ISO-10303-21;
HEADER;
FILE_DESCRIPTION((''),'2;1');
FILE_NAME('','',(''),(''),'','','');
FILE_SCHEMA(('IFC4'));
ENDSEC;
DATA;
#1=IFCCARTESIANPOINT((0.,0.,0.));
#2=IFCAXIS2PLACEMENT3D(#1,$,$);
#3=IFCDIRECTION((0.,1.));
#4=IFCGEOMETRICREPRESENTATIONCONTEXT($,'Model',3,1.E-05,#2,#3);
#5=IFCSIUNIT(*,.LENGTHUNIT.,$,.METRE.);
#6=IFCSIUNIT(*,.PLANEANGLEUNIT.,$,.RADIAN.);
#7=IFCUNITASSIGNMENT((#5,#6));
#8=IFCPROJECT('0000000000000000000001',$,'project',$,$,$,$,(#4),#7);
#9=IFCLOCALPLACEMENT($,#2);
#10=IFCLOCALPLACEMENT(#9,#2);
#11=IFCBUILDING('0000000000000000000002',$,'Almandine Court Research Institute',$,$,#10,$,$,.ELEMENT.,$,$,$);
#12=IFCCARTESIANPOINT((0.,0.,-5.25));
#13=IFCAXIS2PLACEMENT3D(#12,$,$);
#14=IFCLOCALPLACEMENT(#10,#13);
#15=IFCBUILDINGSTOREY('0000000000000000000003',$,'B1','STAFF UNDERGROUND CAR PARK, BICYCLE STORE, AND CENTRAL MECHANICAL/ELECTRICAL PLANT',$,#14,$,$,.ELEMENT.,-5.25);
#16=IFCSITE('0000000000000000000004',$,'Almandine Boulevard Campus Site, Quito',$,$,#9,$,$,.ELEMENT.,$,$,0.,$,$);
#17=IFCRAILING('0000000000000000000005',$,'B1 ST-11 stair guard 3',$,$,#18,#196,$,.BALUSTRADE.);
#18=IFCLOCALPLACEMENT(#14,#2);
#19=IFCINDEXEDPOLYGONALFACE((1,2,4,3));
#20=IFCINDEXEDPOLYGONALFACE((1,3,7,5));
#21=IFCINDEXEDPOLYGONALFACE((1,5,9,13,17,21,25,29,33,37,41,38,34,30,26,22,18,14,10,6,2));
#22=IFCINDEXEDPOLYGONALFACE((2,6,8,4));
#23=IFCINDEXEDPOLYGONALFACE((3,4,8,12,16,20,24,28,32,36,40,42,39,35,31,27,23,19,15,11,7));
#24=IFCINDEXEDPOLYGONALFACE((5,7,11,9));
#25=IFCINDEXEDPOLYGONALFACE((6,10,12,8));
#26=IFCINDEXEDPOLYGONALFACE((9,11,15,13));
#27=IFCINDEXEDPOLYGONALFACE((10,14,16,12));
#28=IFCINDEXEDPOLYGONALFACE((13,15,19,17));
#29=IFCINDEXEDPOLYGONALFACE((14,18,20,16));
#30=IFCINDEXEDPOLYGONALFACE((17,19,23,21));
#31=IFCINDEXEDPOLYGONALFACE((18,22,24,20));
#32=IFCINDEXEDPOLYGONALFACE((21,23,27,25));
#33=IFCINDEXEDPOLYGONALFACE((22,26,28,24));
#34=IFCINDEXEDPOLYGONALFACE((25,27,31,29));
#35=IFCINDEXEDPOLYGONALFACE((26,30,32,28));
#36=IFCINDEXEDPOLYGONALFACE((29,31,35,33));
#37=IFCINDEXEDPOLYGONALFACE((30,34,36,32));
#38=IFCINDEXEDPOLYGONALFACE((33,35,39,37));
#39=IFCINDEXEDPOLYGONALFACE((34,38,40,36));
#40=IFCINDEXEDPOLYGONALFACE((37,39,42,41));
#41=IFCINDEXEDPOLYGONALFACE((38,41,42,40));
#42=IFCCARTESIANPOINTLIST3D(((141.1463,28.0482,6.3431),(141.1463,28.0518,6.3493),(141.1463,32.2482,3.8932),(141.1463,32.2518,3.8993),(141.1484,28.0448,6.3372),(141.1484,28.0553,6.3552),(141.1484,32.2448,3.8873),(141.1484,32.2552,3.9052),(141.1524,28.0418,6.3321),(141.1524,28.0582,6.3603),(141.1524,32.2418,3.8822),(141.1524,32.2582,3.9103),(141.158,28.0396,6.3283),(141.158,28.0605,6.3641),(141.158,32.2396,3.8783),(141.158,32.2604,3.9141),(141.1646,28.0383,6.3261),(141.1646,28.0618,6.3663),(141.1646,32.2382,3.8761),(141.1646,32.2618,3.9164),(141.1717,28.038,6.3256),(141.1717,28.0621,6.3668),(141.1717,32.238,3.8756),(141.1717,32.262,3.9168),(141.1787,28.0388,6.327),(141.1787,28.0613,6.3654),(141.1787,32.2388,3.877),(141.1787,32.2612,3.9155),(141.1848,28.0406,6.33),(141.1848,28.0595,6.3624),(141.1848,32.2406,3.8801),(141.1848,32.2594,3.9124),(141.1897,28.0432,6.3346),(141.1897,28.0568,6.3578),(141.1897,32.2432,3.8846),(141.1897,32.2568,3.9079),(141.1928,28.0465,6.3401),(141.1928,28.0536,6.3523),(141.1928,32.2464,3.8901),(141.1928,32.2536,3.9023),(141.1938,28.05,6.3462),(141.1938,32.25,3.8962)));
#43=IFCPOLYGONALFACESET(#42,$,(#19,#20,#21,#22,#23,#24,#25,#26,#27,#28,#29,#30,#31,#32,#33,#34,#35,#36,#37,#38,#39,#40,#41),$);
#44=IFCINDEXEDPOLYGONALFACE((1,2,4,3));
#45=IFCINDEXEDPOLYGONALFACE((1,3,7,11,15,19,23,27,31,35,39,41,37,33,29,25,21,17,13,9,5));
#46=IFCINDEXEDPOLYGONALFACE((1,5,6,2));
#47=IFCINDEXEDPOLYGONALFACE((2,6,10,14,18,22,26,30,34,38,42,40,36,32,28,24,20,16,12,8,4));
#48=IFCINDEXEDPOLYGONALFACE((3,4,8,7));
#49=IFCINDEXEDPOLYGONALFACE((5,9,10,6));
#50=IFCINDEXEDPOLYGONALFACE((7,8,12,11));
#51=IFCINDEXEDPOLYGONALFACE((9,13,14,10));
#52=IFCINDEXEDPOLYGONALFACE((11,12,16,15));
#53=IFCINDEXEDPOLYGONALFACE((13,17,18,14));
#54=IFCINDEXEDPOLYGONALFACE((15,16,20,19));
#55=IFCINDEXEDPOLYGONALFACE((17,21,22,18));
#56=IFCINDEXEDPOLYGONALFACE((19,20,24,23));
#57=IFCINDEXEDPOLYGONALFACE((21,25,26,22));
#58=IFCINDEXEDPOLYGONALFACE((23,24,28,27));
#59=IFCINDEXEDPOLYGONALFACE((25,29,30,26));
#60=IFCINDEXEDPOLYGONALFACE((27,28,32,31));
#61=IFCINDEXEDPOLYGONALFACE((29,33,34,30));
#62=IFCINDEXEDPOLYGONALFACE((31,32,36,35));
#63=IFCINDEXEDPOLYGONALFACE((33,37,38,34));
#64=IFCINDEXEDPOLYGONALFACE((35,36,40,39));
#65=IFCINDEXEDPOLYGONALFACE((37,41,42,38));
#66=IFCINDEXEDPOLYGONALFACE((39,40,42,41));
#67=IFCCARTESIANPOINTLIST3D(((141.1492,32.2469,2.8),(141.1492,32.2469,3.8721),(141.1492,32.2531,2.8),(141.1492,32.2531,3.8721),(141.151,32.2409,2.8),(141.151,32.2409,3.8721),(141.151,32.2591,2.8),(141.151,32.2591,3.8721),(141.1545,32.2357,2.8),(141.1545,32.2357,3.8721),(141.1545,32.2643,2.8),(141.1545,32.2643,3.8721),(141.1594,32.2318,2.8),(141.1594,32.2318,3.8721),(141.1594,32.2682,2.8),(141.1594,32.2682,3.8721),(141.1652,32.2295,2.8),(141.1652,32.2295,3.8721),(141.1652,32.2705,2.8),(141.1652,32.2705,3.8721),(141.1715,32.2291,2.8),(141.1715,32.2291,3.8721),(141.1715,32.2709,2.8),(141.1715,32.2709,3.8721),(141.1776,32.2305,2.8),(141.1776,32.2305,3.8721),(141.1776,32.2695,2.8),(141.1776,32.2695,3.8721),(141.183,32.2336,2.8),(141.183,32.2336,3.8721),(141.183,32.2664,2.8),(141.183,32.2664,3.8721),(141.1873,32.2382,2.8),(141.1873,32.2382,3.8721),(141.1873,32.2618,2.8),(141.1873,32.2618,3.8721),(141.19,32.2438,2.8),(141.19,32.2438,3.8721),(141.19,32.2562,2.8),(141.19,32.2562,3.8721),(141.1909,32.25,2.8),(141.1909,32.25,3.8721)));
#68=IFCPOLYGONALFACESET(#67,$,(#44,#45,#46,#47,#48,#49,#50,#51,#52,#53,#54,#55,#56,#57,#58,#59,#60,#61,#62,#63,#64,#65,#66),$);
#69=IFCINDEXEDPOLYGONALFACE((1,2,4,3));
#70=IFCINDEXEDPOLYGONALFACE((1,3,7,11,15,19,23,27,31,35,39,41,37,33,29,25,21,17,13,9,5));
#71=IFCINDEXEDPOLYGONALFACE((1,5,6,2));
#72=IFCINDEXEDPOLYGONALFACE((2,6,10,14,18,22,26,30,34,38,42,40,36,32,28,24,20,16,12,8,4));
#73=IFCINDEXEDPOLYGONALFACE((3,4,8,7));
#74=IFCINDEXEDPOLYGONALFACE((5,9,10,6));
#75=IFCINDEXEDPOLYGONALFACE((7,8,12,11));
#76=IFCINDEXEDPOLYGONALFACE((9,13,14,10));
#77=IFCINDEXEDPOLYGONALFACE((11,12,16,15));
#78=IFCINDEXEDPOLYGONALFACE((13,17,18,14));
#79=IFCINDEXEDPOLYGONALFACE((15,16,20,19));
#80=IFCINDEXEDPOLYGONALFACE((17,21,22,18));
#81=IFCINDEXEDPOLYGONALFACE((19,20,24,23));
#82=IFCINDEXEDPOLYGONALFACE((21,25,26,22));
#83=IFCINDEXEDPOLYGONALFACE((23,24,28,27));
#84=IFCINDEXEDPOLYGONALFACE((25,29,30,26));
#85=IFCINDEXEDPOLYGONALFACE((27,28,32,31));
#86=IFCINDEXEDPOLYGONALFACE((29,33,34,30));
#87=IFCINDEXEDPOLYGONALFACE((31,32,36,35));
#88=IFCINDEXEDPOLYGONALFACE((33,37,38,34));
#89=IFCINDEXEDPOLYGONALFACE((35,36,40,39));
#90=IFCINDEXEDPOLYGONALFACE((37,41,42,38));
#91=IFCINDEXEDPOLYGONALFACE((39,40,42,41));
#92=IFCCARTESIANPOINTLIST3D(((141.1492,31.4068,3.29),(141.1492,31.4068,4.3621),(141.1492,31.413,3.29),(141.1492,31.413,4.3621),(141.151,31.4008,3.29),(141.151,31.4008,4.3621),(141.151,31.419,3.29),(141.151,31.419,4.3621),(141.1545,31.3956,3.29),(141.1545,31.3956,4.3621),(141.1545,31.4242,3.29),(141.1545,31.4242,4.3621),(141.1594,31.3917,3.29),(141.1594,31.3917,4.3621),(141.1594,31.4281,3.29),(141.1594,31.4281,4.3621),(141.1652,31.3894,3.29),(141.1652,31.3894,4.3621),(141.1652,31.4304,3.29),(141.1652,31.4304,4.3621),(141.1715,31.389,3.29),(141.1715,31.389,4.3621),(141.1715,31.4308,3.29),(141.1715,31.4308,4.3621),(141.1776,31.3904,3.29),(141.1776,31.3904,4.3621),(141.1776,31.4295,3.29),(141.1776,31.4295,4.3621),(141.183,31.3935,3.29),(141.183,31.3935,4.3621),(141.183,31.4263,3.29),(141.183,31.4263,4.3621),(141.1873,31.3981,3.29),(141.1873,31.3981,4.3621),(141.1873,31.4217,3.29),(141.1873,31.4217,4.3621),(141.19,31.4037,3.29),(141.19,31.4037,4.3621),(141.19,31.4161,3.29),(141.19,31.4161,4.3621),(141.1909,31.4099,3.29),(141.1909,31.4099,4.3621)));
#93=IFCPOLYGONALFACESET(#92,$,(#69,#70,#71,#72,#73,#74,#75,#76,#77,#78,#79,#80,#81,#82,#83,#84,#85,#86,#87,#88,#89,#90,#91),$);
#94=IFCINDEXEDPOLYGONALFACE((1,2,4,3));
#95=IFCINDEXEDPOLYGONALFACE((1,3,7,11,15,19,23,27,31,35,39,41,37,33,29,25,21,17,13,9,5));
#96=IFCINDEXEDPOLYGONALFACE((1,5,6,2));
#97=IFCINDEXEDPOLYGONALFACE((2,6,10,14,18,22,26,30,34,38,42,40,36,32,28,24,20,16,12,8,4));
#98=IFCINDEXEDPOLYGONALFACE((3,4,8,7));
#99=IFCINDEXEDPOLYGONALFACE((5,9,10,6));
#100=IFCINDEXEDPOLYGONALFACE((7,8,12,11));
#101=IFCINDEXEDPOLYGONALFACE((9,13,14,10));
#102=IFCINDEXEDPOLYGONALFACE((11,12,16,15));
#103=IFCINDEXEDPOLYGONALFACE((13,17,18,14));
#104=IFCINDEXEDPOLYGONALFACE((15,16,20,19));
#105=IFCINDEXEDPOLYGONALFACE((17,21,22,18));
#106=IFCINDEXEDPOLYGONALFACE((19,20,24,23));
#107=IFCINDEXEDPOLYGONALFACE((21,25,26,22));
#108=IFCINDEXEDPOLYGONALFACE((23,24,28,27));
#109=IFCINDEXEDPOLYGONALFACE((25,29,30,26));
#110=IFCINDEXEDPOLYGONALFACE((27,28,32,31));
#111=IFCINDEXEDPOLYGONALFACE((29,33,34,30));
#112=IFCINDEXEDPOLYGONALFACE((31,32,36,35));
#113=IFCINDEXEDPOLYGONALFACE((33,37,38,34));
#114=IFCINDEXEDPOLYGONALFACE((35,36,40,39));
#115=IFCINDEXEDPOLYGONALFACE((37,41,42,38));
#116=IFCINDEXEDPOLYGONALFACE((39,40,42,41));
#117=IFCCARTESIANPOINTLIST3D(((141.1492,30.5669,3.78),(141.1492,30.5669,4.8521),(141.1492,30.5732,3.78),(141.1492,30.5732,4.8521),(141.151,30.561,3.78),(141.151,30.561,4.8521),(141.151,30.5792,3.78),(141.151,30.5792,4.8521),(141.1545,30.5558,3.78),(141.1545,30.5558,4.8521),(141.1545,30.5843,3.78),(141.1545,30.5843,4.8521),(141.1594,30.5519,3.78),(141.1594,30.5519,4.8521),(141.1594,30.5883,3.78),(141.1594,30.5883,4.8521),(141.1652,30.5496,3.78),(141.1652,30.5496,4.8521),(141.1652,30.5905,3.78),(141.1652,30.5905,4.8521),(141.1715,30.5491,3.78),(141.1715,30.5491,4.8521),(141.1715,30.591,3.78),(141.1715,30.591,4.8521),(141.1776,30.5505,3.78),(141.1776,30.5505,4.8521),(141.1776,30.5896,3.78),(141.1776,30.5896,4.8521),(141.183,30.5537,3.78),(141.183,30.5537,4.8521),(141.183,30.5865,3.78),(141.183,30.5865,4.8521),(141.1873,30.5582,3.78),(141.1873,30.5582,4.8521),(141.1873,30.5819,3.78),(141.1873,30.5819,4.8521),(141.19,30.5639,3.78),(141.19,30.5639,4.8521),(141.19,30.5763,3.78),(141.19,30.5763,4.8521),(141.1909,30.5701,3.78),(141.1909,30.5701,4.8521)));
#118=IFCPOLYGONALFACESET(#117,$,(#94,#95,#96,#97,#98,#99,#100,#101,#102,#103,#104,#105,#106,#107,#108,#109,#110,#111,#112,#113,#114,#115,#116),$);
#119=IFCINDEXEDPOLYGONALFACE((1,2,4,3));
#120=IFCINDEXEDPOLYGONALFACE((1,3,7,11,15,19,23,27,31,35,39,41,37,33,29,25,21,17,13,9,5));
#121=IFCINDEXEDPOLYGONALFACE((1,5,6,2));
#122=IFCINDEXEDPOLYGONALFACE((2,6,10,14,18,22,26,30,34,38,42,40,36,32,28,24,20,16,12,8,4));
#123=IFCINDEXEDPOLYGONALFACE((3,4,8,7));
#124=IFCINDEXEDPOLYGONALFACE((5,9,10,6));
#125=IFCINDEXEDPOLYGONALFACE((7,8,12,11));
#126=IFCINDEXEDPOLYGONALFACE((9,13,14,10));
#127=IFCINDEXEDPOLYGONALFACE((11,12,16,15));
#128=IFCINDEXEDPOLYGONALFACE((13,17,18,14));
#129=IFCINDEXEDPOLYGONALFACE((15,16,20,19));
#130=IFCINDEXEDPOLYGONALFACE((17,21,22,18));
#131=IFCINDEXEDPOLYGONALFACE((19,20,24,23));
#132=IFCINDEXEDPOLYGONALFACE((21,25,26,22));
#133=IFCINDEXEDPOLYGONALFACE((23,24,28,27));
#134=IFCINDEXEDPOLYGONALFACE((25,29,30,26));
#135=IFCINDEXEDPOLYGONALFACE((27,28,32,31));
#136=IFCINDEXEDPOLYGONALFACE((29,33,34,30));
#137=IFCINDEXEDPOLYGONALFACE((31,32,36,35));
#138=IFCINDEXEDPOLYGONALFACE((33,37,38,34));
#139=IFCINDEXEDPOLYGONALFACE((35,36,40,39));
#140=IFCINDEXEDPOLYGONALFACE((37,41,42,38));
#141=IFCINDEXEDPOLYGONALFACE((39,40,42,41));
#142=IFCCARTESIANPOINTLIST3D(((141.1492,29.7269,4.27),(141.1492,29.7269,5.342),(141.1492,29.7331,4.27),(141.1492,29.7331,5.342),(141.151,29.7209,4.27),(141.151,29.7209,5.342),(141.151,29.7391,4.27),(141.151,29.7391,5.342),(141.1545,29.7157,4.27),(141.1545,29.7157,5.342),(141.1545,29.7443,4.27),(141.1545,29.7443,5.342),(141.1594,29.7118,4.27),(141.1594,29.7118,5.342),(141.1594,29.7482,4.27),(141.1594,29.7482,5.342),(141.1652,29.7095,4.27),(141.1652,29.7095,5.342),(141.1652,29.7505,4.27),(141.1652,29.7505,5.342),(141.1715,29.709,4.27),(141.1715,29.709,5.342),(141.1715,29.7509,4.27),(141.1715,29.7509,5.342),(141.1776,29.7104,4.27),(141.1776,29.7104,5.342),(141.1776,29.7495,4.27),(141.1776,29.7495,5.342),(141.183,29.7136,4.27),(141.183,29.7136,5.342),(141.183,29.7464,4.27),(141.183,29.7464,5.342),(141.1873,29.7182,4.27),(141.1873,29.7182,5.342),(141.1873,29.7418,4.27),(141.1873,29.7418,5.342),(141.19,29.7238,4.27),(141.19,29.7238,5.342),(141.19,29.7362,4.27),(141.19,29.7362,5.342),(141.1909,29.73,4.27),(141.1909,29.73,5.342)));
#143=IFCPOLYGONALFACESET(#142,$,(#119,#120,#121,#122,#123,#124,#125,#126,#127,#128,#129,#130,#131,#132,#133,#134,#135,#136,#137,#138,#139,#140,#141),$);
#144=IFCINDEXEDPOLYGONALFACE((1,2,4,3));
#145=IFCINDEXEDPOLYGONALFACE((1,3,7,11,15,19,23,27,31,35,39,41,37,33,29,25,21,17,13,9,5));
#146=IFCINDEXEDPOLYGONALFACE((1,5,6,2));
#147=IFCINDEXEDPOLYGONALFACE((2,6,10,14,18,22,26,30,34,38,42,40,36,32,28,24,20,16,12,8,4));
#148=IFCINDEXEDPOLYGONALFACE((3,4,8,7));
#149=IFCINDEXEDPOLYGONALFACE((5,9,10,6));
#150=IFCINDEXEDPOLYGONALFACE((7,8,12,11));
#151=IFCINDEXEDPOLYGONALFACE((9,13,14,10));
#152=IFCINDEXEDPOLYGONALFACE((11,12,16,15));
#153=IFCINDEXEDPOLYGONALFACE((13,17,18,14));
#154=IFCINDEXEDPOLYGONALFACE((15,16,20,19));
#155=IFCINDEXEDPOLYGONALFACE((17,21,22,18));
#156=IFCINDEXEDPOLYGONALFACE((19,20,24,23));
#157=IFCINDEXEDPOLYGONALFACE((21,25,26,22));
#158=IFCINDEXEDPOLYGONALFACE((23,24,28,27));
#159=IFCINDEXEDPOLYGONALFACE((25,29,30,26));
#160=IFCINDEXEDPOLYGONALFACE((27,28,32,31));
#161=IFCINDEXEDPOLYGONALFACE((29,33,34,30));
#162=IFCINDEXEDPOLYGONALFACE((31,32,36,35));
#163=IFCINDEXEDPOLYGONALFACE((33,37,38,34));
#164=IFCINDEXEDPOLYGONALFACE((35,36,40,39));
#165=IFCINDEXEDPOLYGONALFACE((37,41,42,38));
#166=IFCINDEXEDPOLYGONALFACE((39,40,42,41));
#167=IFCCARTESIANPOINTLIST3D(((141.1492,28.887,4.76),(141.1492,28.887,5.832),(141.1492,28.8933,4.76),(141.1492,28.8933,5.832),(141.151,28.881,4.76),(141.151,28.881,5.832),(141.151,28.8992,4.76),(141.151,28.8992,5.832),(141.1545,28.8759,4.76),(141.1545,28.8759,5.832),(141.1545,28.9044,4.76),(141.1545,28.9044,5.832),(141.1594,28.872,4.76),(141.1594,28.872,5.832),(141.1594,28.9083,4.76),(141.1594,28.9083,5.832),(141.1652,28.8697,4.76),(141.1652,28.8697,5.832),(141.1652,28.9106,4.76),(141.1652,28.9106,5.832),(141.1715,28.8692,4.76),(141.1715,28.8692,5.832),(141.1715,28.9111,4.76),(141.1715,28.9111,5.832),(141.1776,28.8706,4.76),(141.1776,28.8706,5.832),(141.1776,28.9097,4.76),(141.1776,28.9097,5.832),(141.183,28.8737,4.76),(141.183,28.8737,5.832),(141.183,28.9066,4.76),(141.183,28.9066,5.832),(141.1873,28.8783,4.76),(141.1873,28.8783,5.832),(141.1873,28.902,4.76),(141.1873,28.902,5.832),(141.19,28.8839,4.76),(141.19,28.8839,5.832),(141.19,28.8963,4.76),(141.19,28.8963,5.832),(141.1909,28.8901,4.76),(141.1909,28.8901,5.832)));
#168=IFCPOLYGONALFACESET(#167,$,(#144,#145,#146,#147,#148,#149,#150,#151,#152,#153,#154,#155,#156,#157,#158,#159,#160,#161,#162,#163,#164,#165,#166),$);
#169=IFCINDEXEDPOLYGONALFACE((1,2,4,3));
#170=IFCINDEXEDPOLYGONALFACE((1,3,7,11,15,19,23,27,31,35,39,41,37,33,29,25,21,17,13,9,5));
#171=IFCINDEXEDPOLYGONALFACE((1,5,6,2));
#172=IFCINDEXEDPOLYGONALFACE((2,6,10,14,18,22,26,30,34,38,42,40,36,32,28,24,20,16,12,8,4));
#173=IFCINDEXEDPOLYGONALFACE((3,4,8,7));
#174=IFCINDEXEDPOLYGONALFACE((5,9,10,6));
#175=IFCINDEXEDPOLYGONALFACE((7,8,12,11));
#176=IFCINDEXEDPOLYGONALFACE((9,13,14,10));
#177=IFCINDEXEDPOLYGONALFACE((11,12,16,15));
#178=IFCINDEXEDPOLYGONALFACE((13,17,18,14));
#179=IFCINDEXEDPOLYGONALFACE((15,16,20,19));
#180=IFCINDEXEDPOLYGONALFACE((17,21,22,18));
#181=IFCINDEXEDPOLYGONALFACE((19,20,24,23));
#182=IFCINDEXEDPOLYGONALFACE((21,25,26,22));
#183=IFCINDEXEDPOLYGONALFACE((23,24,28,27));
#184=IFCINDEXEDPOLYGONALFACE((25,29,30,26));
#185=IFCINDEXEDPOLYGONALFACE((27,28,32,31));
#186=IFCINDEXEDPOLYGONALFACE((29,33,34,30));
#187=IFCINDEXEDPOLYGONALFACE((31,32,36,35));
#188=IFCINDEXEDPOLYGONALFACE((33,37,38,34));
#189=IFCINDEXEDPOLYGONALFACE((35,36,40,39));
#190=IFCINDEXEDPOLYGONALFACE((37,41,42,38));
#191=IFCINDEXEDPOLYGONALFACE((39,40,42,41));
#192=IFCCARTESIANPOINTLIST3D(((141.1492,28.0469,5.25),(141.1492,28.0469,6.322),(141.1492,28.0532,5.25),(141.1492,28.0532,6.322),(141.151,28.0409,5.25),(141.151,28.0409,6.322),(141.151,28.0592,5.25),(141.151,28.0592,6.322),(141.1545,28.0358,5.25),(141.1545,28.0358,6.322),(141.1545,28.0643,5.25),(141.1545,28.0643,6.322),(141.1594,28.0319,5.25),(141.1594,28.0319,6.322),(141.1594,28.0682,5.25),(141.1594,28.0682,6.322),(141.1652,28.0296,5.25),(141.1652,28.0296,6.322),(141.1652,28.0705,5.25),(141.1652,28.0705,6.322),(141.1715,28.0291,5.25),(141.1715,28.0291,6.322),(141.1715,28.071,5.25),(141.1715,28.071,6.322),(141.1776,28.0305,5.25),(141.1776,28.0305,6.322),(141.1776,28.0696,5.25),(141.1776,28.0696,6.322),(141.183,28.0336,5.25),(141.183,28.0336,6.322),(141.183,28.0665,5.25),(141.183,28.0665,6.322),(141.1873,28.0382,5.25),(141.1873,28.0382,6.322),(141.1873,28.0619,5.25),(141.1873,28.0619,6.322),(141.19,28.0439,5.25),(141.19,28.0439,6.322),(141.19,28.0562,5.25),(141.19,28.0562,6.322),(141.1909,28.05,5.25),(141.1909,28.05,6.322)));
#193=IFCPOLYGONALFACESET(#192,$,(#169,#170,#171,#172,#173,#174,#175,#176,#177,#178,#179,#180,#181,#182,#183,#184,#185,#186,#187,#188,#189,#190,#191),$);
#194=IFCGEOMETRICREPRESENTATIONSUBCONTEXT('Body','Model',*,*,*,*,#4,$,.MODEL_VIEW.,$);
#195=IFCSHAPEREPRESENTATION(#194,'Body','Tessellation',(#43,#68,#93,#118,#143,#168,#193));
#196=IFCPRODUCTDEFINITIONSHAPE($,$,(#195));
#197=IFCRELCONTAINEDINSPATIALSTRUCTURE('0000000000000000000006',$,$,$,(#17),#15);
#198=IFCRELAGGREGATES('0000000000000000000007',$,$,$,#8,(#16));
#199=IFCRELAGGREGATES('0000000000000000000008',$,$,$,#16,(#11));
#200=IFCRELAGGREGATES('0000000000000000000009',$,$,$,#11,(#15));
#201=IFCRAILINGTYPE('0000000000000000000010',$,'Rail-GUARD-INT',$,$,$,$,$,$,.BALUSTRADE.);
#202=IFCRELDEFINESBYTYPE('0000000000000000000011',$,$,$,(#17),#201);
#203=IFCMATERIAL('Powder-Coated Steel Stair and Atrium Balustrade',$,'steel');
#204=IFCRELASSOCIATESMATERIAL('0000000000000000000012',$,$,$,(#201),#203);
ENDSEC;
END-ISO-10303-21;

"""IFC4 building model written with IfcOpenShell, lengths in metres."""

from ifc_helpers import new_model, si_unit, direction, frame, origin, origin_2d, place, context, subcontext, project, spatial, circle, extrude, material, type_object, element, save


model = new_model("IFC4")

# Units and contexts
model_context = context("Model", 3, precision=1e-05, world=origin(), true_north=direction((0.0, 1.0)))
body_context = subcontext(model_context, "Body", "Model", "MODEL_VIEW")
ifc_project = project(units=[si_unit("LENGTHUNIT", "METRE"), si_unit("PLANEANGLEUNIT", "RADIAN")], contexts=[model_context])

# Site, building, storey
site_placement = place(None, origin())
site = spatial("IfcSite", under=ifc_project, at=site_placement, Name="Almandine Boulevard Campus Site, Quito", CompositionType="ELEMENT", RefElevation=0.0)
building_placement = place(site_placement, origin())
building = spatial("IfcBuilding", under=site, at=building_placement, Name="Almandine Court Research Institute", CompositionType="ELEMENT")
storey_placement = place(building_placement, frame((0.0, 0.0, -5.25)))
storey = spatial("IfcBuildingStorey", under=building, at=storey_placement, Name="B1", Description="STAFF UNDERGROUND CAR PARK, BICYCLE STORE, AND CENTRAL MECHANICAL/ELECTRICAL PLANT", CompositionType="ELEMENT", Elevation=-5.25)

# Railing
ifc_material_1 = material(Name="Powder-Coated Steel Stair and Atrium Balustrade", Category="steel")
railing_type_1 = type_object("IfcRailingType", Name="Rail-GUARD-INT", PredefinedType="BALUSTRADE", material=ifc_material_1)
railing_1_placement = place(storey_placement, frame((141.1699, 32.25, 2.8)))
element("IfcRailing", 1, at=railing_1_placement, inside=storey, type_object=railing_type_1, Name="B1 ST-11 stair guard 3", PredefinedType="BALUSTRADE", context=body_context, shape_type="SweptSolid", body=[
    extrude(circle(Radius=0.0239, at=origin_2d()), frame((0.0, 0.0, 1.0962), z_axis=(0.0, -0.863781, 0.503868), x_axis=(1.0, 0.0, 0.0)), (0.0, 0.0, 1.0), 4.8623),
    extrude(circle(Radius=0.021, at=origin_2d()), origin(), (0.0, 0.0, 1.0), 1.072),
    extrude(circle(Radius=0.021, at=origin_2d()), frame((0.0, -0.8401, 0.49)), (0.0, 0.0, 1.0), 1.072),
    extrude(circle(Radius=0.021, at=origin_2d()), frame((0.0, -1.6799, 0.98)), (0.0, 0.0, 1.0), 1.072),
    extrude(circle(Radius=0.021, at=origin_2d()), frame((0.0, -2.52, 1.47)), (0.0, 0.0, 1.0), 1.072),
    extrude(circle(Radius=0.021, at=origin_2d()), frame((0.0, -3.3599, 1.96)), (0.0, 0.0, 1.0), 1.072),
    extrude(circle(Radius=0.021, at=origin_2d()), frame((0.0, -4.2, 2.45)), (0.0, 0.0, 1.0), 1.072),
])

save(model, "model.ifc")
